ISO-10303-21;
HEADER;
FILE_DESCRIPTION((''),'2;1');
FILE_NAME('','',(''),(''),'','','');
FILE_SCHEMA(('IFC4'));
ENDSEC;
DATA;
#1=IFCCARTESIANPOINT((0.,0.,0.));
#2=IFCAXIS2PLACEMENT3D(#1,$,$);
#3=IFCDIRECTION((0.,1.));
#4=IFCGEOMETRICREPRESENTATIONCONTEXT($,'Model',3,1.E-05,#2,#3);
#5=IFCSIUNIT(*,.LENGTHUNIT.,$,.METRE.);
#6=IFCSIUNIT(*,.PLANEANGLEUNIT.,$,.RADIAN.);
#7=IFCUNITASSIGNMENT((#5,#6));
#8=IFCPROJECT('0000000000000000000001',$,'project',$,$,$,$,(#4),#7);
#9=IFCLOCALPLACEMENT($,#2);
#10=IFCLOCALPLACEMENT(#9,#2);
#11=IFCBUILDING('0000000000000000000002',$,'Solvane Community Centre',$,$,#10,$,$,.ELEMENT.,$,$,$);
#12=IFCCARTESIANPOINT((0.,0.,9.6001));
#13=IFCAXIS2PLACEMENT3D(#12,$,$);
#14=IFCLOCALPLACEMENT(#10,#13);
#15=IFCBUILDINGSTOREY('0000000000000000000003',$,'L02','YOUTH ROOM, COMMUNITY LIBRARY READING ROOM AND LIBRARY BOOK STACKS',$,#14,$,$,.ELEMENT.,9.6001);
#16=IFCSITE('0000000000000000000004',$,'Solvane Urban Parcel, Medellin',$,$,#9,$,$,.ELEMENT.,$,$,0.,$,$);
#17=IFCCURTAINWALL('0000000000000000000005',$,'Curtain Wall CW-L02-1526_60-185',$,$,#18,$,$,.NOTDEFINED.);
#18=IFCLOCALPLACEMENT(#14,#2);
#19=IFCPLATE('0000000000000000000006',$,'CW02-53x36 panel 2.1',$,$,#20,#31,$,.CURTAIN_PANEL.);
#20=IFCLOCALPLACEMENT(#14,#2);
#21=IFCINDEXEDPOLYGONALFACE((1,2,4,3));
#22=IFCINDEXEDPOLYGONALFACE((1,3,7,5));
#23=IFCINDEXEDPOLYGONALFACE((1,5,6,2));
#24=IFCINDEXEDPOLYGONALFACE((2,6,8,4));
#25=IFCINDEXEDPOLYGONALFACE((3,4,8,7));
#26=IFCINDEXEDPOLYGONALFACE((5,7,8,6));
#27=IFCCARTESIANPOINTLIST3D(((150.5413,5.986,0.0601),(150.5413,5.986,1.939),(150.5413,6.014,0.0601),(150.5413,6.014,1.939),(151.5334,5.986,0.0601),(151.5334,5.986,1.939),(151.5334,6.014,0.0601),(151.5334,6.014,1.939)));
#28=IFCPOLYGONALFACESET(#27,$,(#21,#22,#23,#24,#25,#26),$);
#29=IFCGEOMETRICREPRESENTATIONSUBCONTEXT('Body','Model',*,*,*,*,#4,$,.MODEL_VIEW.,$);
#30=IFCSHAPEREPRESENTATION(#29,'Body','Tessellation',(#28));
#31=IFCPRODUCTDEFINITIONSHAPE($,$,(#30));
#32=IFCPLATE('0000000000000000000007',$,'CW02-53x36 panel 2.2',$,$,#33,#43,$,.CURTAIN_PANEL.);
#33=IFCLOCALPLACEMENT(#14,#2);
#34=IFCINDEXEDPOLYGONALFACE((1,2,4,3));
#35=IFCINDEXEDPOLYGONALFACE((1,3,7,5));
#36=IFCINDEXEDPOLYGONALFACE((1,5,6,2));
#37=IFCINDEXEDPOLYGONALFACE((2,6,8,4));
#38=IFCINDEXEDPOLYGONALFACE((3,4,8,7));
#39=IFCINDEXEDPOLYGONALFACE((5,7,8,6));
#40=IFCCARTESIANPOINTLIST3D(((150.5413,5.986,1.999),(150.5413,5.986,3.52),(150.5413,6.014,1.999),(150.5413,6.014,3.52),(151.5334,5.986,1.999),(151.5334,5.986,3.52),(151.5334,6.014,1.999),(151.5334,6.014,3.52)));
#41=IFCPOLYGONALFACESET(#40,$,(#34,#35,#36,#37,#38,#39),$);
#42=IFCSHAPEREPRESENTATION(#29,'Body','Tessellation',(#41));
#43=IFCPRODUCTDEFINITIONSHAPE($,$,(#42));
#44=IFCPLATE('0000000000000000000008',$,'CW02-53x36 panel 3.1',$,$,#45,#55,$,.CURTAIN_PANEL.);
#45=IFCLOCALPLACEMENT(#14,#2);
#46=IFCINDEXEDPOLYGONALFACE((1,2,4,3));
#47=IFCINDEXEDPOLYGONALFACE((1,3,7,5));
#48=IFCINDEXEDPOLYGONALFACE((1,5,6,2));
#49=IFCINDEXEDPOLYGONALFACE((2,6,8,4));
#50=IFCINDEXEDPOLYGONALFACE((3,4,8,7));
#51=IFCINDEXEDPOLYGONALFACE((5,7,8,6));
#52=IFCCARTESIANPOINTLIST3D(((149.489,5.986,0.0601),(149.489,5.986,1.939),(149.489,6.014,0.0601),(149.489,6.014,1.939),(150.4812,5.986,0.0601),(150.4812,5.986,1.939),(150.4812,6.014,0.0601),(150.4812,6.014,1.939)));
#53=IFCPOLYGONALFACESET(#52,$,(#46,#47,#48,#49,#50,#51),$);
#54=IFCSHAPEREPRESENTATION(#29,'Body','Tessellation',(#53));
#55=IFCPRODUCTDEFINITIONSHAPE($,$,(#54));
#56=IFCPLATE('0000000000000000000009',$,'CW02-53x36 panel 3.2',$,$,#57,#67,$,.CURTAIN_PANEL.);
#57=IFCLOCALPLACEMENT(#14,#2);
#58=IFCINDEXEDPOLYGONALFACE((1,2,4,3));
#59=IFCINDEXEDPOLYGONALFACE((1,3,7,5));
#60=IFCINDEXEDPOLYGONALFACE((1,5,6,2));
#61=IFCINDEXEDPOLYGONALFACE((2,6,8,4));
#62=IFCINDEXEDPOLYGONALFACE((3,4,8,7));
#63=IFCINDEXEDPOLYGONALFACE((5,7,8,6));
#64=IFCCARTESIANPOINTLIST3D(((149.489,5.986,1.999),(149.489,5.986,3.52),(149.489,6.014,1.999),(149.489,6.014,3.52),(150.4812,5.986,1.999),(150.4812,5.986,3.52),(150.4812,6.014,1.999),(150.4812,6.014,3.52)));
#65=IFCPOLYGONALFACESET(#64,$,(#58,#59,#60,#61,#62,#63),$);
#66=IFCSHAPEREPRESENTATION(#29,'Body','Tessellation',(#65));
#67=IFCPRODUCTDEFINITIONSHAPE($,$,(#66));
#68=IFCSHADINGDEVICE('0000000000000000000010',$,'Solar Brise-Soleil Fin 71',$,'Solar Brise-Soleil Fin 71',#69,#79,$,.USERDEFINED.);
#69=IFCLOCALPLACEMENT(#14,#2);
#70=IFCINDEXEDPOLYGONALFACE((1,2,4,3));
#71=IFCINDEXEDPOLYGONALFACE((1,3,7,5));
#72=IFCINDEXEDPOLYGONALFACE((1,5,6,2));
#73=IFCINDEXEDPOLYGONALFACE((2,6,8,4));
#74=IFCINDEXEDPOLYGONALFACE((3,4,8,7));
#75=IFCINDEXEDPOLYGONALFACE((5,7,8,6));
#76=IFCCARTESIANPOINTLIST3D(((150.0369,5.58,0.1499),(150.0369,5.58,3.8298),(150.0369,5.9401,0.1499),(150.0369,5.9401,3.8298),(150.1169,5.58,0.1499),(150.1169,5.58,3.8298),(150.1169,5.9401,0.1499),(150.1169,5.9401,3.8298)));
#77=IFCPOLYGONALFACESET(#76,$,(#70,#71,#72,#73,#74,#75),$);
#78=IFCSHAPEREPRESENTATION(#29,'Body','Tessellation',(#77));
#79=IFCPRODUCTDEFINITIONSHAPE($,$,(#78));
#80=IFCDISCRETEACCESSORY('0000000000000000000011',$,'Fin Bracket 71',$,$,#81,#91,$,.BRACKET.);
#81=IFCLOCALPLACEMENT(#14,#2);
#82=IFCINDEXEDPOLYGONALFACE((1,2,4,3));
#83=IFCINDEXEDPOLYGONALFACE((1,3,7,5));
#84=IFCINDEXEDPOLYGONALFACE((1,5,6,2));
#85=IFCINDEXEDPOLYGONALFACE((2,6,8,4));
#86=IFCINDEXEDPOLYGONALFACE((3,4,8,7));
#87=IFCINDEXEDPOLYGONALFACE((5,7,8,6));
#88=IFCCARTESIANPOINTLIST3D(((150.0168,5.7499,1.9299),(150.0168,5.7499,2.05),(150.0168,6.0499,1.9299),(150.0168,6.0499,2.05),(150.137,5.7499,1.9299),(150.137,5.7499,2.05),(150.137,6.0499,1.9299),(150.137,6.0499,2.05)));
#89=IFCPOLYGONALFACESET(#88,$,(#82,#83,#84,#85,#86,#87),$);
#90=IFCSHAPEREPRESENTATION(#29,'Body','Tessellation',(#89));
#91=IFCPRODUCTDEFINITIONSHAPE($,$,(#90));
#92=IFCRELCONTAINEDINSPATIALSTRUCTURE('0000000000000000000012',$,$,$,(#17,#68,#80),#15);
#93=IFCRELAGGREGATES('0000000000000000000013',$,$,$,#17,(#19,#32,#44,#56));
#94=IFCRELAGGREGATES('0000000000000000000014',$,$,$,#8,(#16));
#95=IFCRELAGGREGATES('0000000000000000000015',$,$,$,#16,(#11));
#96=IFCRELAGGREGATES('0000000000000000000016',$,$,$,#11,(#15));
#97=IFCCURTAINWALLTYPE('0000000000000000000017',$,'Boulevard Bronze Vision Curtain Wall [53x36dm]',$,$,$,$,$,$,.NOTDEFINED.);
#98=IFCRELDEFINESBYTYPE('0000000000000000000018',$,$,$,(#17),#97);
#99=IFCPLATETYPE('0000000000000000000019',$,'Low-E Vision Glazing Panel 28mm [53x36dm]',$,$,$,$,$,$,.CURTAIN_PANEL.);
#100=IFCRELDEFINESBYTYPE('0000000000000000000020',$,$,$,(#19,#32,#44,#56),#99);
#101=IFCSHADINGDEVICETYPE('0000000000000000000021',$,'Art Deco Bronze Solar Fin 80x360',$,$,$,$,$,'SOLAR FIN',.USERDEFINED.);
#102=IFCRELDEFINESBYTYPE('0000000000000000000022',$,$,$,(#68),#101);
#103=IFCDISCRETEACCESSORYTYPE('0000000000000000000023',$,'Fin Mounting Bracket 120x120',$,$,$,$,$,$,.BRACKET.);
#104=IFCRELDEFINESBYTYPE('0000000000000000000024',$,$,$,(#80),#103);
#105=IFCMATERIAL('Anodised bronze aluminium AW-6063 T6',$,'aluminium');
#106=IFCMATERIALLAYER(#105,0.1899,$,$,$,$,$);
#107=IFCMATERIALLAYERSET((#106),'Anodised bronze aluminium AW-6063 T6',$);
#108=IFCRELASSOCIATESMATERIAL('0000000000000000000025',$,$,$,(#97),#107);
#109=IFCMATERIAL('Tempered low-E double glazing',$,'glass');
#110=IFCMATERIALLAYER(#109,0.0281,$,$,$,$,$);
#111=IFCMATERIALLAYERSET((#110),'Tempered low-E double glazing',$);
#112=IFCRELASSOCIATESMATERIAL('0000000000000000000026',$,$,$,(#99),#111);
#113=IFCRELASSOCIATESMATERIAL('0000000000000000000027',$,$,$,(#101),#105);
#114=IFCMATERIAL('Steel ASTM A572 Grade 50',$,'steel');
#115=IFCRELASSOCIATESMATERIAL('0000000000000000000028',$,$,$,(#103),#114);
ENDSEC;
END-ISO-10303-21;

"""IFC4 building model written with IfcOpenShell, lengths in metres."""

from ifc_helpers import new_model, si_unit, direction, frame, origin, origin_2d, place, context, subcontext, project, spatial, rectangle, extrude, material, layer, layer_set, type_object, element, aggregate, save


model = new_model("IFC4")

# Units and contexts
model_context = context("Model", 3, precision=1e-05, world=origin(), true_north=direction((0.0, 1.0)))
body_context = subcontext(model_context, "Body", "Model", "MODEL_VIEW")
ifc_project = project(units=[si_unit("LENGTHUNIT", "METRE"), si_unit("PLANEANGLEUNIT", "RADIAN")], contexts=[model_context])

# Site, building, storey
site_placement = place(None, origin())
site = spatial("IfcSite", under=ifc_project, at=site_placement, Name="Solvane Urban Parcel, Medellin", CompositionType="ELEMENT", RefElevation=0.0)
building_placement = place(site_placement, origin())
building = spatial("IfcBuilding", under=site, at=building_placement, Name="Solvane Community Centre", CompositionType="ELEMENT")
storey_placement = place(building_placement, frame((0.0, 0.0, 9.6001)))
storey = spatial("IfcBuildingStorey", under=building, at=storey_placement, Name="L02", Description="YOUTH ROOM, COMMUNITY LIBRARY READING ROOM AND LIBRARY BOOK STACKS", CompositionType="ELEMENT", Elevation=9.6001)

# Curtain wall, plates
ifc_material_1 = material(Name="Anodised bronze aluminium AW-6063 T6", Category="aluminium")
ifc_layer_1 = layer(ifc_material_1, 0.1899)
ifc_layer_set_1 = layer_set([ifc_layer_1], Name="Anodised bronze aluminium AW-6063 T6")
curtain_wall_type = type_object("IfcCurtainWallType", Name="Boulevard Bronze Vision Curtain Wall [53x36dm]", PredefinedType="NOTDEFINED", material=ifc_layer_set_1)
curtain_wall_placement = place(storey_placement, origin())
curtain_wall = element("IfcCurtainWall", 1, at=curtain_wall_placement, inside=storey, type_object=curtain_wall_type, Name="Curtain Wall CW-L02-1526_60-185", PredefinedType="NOTDEFINED")
ifc_material_2 = material(Name="Tempered low-E double glazing", Category="glass")
ifc_layer_2 = layer(ifc_material_2, 0.0281)
ifc_layer_set_2 = layer_set([ifc_layer_2], Name="Tempered low-E double glazing")
plate_type = type_object("IfcPlateType", Name="Low-E Vision Glazing Panel 28mm [53x36dm]", PredefinedType="CURTAIN_PANEL", material=ifc_layer_set_2)
plate_1_placement = place(storey_placement, frame((151.0374, 6.0, 0.0601), z_axis=(0.0, 0.0, 1.0), x_axis=(-1.0, 0.0, 0.0)))
plate_1 = element("IfcPlate", 2, at=plate_1_placement, type_object=plate_type, Name="CW02-53x36 panel 2.1", PredefinedType="CURTAIN_PANEL", context=body_context, shape_type="SweptSolid", body=[
    extrude(rectangle(XDim=0.9922, YDim=0.0281, at=origin_2d()), origin(), (0.0, 0.0, 1.0), 1.8789),
])
plate_2_placement = place(storey_placement, frame((151.0374, 6.0, 1.999), z_axis=(0.0, 0.0, 1.0), x_axis=(-1.0, 0.0, 0.0)))
plate_2 = element("IfcPlate", 3, at=plate_2_placement, type_object=plate_type, Name="CW02-53x36 panel 2.2", PredefinedType="CURTAIN_PANEL", context=body_context, shape_type="SweptSolid", body=[
    extrude(rectangle(XDim=0.9922, YDim=0.0281, at=origin_2d()), origin(), (0.0, 0.0, 1.0), 1.521),
])
plate_3_placement = place(storey_placement, frame((149.9851, 6.0, 0.0601), z_axis=(0.0, 0.0, 1.0), x_axis=(-1.0, 0.0, 0.0)))
plate_3 = element("IfcPlate", 4, at=plate_3_placement, type_object=plate_type, Name="CW02-53x36 panel 3.1", PredefinedType="CURTAIN_PANEL", context=body_context, shape_type="SweptSolid", body=[
    extrude(rectangle(XDim=0.9922, YDim=0.0281, at=origin_2d()), origin(), (0.0, 0.0, 1.0), 1.8789),
])
plate_4_placement = place(storey_placement, frame((149.9851, 6.0, 1.999), z_axis=(0.0, 0.0, 1.0), x_axis=(-1.0, 0.0, 0.0)))
plate_4 = element("IfcPlate", 5, at=plate_4_placement, type_object=plate_type, Name="CW02-53x36 panel 3.2", PredefinedType="CURTAIN_PANEL", context=body_context, shape_type="SweptSolid", body=[
    extrude(rectangle(XDim=0.9922, YDim=0.0281, at=origin_2d()), origin(), (0.0, 0.0, 1.0), 1.521),
])
aggregate(curtain_wall, [plate_1, plate_2, plate_3, plate_4])

# Shading device
shading_device_type = type_object("IfcShadingDeviceType", Name="Art Deco Bronze Solar Fin 80x360", ElementType="SOLAR FIN", PredefinedType="USERDEFINED", material=ifc_material_1)
shading_device_placement = place(storey_placement, frame((150.0769, 5.76, 0.1499), z_axis=(0.0, 0.0, 1.0), x_axis=(-1.0, 0.0, 0.0)))
element("IfcShadingDevice", 6, at=shading_device_placement, inside=storey, type_object=shading_device_type, Name="Solar Brise-Soleil Fin 71", ObjectType="Solar Brise-Soleil Fin 71", PredefinedType="USERDEFINED", context=body_context, shape_type="SweptSolid", body=[
    extrude(rectangle(XDim=0.0801, YDim=0.3601, at=origin_2d()), origin(), (0.0, 0.0, 1.0), 3.6799),
])

# Discrete accessory
ifc_material_3 = material(Name="Steel ASTM A572 Grade 50", Category="steel")
discrete_accessory_type = type_object("IfcDiscreteAccessoryType", Name="Fin Mounting Bracket 120x120", PredefinedType="BRACKET", material=ifc_material_3)
discrete_accessory_placement = place(storey_placement, frame((150.0769, 5.8999, 1.9299), z_axis=(0.0, 0.0, 1.0), x_axis=(-1.0, 0.0, 0.0)))
element("IfcDiscreteAccessory", 7, at=discrete_accessory_placement, inside=storey, type_object=discrete_accessory_type, Name="Fin Bracket 71", PredefinedType="BRACKET", context=body_context, shape_type="SweptSolid", body=[
    extrude(rectangle(XDim=0.1201, YDim=0.3, at=origin_2d()), origin(), (0.0, 0.0, 1.0), 0.1201),
])

save(model, "model.ifc")
